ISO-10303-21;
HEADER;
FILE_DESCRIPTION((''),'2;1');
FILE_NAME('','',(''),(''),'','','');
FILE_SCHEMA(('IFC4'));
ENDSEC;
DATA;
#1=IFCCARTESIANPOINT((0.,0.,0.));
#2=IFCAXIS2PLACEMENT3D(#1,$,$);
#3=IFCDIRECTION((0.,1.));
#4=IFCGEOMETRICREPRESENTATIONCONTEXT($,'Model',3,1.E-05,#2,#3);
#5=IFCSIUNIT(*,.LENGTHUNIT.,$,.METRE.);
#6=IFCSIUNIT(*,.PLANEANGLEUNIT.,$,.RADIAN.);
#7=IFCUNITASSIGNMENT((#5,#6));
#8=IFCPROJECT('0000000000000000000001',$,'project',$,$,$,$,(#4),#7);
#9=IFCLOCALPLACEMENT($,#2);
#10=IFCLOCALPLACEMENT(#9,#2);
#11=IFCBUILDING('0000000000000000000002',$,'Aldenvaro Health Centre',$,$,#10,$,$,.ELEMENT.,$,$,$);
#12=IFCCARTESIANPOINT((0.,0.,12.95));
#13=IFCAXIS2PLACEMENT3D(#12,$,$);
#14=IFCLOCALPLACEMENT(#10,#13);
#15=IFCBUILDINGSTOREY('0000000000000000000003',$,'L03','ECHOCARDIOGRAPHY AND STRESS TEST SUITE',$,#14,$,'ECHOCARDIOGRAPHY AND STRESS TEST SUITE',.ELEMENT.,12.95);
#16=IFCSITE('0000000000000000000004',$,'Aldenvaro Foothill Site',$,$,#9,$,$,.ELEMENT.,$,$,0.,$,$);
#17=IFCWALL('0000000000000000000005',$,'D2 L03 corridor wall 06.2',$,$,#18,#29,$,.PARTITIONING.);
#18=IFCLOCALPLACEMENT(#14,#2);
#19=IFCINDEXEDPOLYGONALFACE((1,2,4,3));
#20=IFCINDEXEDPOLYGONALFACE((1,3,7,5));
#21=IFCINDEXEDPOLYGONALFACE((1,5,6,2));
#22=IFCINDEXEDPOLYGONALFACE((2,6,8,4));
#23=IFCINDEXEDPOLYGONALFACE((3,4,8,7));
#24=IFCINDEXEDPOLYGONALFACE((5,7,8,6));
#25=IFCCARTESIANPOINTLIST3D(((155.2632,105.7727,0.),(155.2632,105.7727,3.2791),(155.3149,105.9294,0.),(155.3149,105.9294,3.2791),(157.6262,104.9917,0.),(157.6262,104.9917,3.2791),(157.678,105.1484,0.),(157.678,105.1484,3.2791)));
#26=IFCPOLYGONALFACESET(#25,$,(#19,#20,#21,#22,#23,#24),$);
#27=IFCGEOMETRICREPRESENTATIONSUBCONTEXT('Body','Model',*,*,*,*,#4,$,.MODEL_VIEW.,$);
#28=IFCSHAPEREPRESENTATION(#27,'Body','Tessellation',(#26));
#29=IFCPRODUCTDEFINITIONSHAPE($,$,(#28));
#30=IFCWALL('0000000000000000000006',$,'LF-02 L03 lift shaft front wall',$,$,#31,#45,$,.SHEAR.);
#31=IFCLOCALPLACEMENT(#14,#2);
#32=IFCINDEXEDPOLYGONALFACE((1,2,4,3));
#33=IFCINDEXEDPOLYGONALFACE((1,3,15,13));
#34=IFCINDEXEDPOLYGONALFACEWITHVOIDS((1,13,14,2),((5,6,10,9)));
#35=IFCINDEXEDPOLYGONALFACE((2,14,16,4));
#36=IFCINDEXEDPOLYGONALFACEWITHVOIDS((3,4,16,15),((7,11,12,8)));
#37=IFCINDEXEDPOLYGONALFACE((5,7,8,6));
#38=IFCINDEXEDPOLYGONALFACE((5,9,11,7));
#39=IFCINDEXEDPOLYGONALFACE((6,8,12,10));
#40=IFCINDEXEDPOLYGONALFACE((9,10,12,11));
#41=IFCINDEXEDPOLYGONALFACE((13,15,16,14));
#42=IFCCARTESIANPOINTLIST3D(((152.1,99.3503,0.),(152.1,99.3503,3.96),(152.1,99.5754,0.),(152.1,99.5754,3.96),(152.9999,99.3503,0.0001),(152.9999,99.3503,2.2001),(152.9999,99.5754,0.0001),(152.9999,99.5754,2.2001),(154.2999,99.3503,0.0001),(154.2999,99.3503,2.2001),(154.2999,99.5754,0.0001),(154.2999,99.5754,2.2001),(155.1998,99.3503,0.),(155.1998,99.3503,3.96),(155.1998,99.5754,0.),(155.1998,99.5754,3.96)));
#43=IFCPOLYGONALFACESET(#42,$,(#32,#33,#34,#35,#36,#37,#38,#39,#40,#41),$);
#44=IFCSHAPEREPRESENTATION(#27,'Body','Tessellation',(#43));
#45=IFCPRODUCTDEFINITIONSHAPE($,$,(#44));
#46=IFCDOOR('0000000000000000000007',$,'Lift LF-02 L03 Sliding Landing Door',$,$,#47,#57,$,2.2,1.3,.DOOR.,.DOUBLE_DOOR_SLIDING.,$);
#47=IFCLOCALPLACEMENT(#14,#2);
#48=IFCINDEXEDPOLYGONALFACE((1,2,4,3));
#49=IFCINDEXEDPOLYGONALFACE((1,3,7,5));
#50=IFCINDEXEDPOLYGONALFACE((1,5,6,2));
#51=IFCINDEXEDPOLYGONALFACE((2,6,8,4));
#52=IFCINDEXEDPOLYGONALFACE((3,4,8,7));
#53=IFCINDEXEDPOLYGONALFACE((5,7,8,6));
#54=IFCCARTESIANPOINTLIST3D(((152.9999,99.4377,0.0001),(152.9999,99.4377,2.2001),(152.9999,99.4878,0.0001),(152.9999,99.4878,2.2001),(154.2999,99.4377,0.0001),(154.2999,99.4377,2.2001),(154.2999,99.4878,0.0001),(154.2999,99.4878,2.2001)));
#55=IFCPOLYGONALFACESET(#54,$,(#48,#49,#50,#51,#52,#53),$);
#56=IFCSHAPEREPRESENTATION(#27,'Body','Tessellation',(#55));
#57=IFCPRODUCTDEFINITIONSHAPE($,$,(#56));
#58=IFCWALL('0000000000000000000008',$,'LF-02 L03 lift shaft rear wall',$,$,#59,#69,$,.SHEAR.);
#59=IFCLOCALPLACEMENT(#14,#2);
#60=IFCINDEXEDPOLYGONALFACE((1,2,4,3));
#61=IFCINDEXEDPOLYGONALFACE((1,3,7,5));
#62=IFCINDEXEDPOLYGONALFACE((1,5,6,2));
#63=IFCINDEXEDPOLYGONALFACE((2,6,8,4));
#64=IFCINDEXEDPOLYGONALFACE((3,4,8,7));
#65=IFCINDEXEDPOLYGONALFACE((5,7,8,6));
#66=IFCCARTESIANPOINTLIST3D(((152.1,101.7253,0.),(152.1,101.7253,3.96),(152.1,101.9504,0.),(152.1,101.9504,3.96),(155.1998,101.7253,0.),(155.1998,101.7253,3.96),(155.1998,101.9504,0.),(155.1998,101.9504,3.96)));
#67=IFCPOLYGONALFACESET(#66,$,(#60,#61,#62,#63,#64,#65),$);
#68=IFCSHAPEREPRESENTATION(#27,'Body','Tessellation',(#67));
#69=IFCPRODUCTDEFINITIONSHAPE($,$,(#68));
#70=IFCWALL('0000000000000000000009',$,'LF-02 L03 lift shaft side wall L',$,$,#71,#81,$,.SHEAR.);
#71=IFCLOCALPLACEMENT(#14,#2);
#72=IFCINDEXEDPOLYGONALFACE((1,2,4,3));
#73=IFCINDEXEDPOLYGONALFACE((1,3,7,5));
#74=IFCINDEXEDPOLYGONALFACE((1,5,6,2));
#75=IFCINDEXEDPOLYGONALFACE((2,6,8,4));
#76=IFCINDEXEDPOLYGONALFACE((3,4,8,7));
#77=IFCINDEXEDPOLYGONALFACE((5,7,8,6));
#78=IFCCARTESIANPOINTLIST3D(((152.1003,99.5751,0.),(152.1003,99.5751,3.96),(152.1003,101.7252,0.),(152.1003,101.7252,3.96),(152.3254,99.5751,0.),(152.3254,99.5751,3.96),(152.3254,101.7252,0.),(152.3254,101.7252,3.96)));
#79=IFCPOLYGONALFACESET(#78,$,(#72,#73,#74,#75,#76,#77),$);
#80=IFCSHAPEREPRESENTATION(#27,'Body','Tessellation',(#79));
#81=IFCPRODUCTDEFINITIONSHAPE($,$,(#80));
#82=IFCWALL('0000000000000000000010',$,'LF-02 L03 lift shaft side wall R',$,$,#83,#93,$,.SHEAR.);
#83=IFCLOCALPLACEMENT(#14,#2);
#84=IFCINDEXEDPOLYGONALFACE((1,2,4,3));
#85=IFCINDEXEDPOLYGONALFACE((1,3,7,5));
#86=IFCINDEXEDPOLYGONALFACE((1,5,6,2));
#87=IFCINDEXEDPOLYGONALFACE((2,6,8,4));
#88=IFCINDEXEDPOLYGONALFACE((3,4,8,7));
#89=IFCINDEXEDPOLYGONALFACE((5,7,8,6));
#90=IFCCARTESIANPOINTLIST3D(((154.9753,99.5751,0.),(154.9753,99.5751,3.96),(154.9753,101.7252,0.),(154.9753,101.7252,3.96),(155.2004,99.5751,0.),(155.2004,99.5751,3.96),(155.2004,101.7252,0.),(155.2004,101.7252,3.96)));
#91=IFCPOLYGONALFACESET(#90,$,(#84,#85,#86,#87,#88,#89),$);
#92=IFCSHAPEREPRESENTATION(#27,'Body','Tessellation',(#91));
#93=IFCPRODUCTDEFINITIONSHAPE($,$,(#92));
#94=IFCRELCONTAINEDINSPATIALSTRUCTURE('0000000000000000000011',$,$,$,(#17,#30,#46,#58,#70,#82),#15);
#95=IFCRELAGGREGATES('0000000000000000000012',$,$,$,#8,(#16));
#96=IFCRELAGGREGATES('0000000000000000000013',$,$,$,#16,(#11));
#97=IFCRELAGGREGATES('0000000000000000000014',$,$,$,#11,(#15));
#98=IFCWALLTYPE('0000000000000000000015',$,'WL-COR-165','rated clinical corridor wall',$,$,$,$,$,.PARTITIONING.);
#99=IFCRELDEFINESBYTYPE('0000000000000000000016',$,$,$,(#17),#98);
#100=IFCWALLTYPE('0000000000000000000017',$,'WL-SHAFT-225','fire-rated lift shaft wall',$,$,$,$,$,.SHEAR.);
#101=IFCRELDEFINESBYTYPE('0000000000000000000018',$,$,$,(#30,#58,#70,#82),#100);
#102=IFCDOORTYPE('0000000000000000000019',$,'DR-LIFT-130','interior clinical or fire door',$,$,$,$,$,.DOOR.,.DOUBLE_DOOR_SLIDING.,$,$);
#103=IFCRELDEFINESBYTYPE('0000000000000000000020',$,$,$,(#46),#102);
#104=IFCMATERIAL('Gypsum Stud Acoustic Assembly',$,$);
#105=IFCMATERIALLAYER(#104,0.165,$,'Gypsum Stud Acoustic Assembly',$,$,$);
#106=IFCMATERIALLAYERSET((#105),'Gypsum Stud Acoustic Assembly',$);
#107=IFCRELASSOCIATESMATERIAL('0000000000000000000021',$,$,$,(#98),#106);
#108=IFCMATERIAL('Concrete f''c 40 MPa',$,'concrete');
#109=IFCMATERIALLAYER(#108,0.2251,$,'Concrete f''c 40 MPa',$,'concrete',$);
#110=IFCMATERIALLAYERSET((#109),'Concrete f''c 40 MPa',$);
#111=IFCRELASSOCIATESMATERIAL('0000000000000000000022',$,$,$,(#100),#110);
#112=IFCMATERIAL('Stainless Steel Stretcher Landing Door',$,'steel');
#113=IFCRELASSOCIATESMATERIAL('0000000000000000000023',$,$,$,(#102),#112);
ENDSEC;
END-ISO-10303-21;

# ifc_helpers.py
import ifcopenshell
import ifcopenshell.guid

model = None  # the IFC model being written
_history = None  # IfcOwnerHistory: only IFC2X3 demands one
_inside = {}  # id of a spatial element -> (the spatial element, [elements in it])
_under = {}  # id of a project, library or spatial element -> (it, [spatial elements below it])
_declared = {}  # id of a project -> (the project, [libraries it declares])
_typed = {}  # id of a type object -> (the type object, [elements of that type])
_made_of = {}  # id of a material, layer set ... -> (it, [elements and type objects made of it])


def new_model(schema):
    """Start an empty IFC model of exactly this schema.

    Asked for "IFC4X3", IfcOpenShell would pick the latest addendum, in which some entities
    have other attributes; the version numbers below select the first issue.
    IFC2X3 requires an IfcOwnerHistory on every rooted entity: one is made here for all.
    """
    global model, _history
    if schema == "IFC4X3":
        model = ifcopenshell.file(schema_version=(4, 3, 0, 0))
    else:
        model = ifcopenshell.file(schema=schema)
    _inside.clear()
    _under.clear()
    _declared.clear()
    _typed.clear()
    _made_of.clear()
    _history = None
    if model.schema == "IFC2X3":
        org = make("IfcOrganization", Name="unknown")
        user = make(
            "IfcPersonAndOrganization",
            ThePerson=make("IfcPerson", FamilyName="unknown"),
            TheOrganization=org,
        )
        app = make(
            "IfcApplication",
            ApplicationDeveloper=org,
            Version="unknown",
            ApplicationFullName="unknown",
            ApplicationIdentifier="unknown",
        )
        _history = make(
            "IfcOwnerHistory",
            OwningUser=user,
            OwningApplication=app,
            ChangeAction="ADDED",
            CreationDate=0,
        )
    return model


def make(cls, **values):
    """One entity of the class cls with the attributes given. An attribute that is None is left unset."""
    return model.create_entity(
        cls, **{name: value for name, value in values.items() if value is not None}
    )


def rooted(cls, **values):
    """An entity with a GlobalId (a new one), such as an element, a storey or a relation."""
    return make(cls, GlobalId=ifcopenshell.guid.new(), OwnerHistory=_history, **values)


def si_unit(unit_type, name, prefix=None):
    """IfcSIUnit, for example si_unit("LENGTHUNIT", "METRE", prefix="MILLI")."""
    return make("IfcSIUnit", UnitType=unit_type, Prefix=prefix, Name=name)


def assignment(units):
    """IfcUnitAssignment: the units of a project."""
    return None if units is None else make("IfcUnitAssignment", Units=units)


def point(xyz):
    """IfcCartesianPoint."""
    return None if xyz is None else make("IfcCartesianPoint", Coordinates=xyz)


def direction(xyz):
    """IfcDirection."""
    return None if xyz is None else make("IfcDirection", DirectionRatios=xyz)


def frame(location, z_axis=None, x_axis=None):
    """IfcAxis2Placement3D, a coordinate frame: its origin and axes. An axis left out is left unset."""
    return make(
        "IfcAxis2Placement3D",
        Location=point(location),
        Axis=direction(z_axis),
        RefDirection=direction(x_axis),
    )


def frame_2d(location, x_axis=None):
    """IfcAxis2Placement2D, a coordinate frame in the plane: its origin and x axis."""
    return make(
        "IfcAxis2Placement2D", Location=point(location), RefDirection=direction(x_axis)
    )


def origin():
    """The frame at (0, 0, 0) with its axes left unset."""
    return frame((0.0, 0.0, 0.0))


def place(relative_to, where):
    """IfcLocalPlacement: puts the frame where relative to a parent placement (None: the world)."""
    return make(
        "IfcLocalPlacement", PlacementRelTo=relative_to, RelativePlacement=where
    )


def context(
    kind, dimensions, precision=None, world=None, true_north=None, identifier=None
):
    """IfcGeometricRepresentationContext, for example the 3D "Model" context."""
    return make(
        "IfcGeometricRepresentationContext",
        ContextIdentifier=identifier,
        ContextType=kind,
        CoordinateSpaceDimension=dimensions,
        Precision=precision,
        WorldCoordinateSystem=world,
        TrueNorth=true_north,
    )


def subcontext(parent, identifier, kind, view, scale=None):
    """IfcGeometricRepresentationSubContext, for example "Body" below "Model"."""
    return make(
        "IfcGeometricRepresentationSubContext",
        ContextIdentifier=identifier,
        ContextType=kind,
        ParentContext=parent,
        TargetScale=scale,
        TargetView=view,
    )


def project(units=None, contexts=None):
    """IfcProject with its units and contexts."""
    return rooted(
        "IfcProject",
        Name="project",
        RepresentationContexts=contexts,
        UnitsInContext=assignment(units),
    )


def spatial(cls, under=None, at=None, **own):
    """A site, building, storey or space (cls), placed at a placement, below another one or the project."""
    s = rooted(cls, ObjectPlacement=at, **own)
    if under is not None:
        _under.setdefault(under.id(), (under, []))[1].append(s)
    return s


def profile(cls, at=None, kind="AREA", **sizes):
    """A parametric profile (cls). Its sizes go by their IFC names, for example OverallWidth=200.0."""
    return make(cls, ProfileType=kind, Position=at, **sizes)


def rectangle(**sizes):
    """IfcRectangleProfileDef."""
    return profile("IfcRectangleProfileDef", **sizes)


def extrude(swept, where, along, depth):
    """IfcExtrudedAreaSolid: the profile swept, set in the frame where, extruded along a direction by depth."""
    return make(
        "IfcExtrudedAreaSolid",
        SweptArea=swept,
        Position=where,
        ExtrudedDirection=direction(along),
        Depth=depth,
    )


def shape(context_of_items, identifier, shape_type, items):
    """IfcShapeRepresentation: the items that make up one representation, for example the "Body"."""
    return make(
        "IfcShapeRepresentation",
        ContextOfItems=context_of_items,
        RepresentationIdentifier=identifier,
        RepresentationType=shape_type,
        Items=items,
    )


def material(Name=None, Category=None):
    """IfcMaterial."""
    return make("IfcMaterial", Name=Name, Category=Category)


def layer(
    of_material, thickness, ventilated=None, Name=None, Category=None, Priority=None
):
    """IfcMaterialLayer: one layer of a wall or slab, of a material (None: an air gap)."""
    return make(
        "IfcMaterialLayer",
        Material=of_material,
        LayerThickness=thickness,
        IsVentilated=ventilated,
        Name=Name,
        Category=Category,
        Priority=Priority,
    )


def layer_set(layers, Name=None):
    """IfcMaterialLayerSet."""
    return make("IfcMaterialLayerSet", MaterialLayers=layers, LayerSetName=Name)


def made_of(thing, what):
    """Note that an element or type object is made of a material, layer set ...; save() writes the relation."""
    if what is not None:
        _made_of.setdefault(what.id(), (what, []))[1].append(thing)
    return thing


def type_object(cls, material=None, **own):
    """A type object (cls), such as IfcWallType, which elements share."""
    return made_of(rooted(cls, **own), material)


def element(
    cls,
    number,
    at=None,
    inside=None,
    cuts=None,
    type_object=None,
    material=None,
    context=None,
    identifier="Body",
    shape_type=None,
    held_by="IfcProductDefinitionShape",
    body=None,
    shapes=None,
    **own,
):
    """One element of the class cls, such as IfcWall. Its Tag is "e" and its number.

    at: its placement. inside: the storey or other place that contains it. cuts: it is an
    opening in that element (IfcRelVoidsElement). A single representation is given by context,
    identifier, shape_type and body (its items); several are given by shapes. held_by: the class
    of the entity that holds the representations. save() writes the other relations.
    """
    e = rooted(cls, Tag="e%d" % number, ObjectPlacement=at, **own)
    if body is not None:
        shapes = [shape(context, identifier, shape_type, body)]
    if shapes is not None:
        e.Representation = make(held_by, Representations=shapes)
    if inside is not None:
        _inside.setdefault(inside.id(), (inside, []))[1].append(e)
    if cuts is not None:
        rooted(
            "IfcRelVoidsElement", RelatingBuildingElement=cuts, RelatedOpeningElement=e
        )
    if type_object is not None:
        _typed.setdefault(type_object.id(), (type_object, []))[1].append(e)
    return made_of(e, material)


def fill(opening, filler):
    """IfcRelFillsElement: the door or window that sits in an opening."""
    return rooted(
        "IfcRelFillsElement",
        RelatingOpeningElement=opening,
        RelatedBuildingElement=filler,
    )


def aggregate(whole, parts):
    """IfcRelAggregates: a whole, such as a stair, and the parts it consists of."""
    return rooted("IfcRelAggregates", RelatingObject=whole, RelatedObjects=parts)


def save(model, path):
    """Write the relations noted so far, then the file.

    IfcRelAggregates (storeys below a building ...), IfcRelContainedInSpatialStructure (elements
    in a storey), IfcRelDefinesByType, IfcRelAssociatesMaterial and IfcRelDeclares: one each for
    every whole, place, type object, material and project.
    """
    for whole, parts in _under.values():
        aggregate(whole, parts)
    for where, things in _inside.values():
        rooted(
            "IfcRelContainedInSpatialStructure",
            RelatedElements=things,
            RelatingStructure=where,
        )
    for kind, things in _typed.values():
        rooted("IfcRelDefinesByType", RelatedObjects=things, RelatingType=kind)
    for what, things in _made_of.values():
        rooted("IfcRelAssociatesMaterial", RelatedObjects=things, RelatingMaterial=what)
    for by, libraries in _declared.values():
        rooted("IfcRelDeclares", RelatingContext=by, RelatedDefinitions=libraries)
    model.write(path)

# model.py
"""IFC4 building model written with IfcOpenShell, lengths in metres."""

from ifc_helpers import new_model, si_unit, direction, frame, frame_2d, origin, place, context, subcontext, project, spatial, rectangle, extrude, material, layer, layer_set, type_object, element, fill, save


model = new_model("IFC4")

# Units and contexts
model_context = context("Model", 3, precision=1e-05, world=origin(), true_north=direction((0.0, 1.0)))
body_context = subcontext(model_context, "Body", "Model", "MODEL_VIEW")
ifc_project = project(units=[si_unit("LENGTHUNIT", "METRE"), si_unit("PLANEANGLEUNIT", "RADIAN")], contexts=[model_context])

# Site, building, storey
site_placement = place(None, origin())
site = spatial("IfcSite", under=ifc_project, at=site_placement, Name="Aldenvaro Foothill Site", CompositionType="ELEMENT", RefElevation=0.0)
building_placement = place(site_placement, origin())
building = spatial("IfcBuilding", under=site, at=building_placement, Name="Aldenvaro Health Centre", CompositionType="ELEMENT")
storey_placement = place(building_placement, frame((0.0, 0.0, 12.95)))
storey = spatial("IfcBuildingStorey", under=building, at=storey_placement, Name="L03", Description="ECHOCARDIOGRAPHY AND STRESS TEST SUITE", LongName="ECHOCARDIOGRAPHY AND STRESS TEST SUITE", CompositionType="ELEMENT", Elevation=12.95)

# Shared definitions
ifc_material_1 = material(Name="Gypsum Stud Acoustic Assembly")
ifc_layer_1 = layer(ifc_material_1, 0.165, Name="Gypsum Stud Acoustic Assembly")
ifc_layer_set_1 = layer_set([ifc_layer_1], Name="Gypsum Stud Acoustic Assembly")
wall_type_1 = type_object("IfcWallType", Name="WL-COR-165", Description="rated clinical corridor wall", PredefinedType="PARTITIONING", material=ifc_layer_set_1)

# Wall
wall_1_placement = place(storey_placement, frame((157.6521, 105.0701, 0.0), z_axis=(0.0, 0.0, 1.0), x_axis=(-0.949485, 0.313814, 0.0)))
element("IfcWall", 1, at=wall_1_placement, inside=storey, type_object=wall_type_1, Name="D2 L03 corridor wall 06.2", PredefinedType="PARTITIONING", context=body_context, shape_type="SweptSolid", body=[
    extrude(rectangle(XDim=2.4888, YDim=0.165, at=frame_2d((1.2444, 0.0))), origin(), (0.0, 0.0, 1.0), 3.2791),
])

# Wall, opening, door
ifc_material_2 = material(Name="Concrete f'c 40 MPa", Category="concrete")
ifc_layer_2 = layer(ifc_material_2, 0.2251, Name="Concrete f'c 40 MPa", Category="concrete")
ifc_layer_set_2 = layer_set([ifc_layer_2], Name="Concrete f'c 40 MPa")
wall_type_2 = type_object("IfcWallType", Name="WL-SHAFT-225", Description="fire-rated lift shaft wall", PredefinedType="SHEAR", material=ifc_layer_set_2)
wall_2_placement = place(storey_placement, frame((152.1001, 99.4629, 0.0), z_axis=(0.0, 0.0, 1.0), x_axis=(1.0, 0.0, 0.0)))
wall_2 = element("IfcWall", 2, at=wall_2_placement, inside=storey, type_object=wall_type_2, Name="LF-02 L03 lift shaft front wall", PredefinedType="SHEAR", context=body_context, shape_type="SweptSolid", body=[
    extrude(rectangle(XDim=3.0999, YDim=0.2251, at=frame_2d((1.5498, 0.0))), origin(), (0.0, 0.0, 1.0), 3.96),
])
opening_1_placement = place(wall_2_placement, frame((0.8999, 0.0, 0.0)))
opening_1 = element("IfcOpeningElement", 3, at=opening_1_placement, cuts=wall_2, PredefinedType="OPENING", context=body_context, shape_type="SweptSolid", body=[
    extrude(rectangle(XDim=1.3, YDim=2.2, at=frame_2d((0.6499, 1.1001))), frame((0.0, 0.1226, 0.0), z_axis=(0.0, -1.0, 0.0), x_axis=(1.0, 0.0, 0.0)), (0.0, 0.0, 1.0), 0.2451),
])
ifc_material_3 = material(Name="Stainless Steel Stretcher Landing Door", Category="steel")
door_type_1 = type_object("IfcDoorType", Name="DR-LIFT-130", Description="interior clinical or fire door", OperationType="DOUBLE_DOOR_SLIDING", PredefinedType="DOOR", material=ifc_material_3)
door_1_placement = place(opening_1_placement, origin())
door_1 = element("IfcDoor", 4, at=door_1_placement, inside=storey, type_object=door_type_1, Name="Lift LF-02 L03 Sliding Landing Door", OperationType="DOUBLE_DOOR_SLIDING", OverallHeight=2.2, OverallWidth=1.3, PredefinedType="DOOR", context=body_context, shape_type="SweptSolid", body=[
    extrude(rectangle(XDim=1.3, YDim=2.2, at=frame_2d((0.6499, 1.1001))), frame((0.0, 0.0249, 0.0), z_axis=(0.0, -1.0, 0.0), x_axis=(1.0, 0.0, 0.0)), (0.0, 0.0, 1.0), 0.05),
])
fill(opening_1, door_1)

# Walls
wall_3_placement = place(storey_placement, frame((152.1001, 101.8379, 0.0), z_axis=(0.0, 0.0, 1.0), x_axis=(1.0, 0.0, 0.0)))
element("IfcWall", 5, at=wall_3_placement, inside=storey, type_object=wall_type_2, Name="LF-02 L03 lift shaft rear wall", PredefinedType="SHEAR", context=body_context, shape_type="SweptSolid", body=[
    extrude(rectangle(XDim=3.0999, YDim=0.2251, at=frame_2d((1.5498, 0.0))), origin(), (0.0, 0.0, 1.0), 3.96),
])
for number, where, z_axis, x_axis, name in (
    (6, (152.2129, 99.575, 0.0), (0.0, 0.0, 1.0), (0.0, 1.0, 0.0), "LF-02 L03 lift shaft side wall L"),
    (7, (155.0879, 99.575, 0.0), (0.0, 0.0, 1.0), (0.0, 1.0, 0.0), "LF-02 L03 lift shaft side wall R"),
):
    element("IfcWall", number, at=place(storey_placement, frame(where, z_axis=z_axis, x_axis=x_axis)), inside=storey, type_object=wall_type_2, Name=name, PredefinedType="SHEAR", context=body_context, shape_type="SweptSolid", body=[
        extrude(rectangle(XDim=2.1501, YDim=0.2251, at=frame_2d((1.0752, 0.0))), origin(), (0.0, 0.0, 1.0), 3.96),
    ])

save(model, "model.ifc")
